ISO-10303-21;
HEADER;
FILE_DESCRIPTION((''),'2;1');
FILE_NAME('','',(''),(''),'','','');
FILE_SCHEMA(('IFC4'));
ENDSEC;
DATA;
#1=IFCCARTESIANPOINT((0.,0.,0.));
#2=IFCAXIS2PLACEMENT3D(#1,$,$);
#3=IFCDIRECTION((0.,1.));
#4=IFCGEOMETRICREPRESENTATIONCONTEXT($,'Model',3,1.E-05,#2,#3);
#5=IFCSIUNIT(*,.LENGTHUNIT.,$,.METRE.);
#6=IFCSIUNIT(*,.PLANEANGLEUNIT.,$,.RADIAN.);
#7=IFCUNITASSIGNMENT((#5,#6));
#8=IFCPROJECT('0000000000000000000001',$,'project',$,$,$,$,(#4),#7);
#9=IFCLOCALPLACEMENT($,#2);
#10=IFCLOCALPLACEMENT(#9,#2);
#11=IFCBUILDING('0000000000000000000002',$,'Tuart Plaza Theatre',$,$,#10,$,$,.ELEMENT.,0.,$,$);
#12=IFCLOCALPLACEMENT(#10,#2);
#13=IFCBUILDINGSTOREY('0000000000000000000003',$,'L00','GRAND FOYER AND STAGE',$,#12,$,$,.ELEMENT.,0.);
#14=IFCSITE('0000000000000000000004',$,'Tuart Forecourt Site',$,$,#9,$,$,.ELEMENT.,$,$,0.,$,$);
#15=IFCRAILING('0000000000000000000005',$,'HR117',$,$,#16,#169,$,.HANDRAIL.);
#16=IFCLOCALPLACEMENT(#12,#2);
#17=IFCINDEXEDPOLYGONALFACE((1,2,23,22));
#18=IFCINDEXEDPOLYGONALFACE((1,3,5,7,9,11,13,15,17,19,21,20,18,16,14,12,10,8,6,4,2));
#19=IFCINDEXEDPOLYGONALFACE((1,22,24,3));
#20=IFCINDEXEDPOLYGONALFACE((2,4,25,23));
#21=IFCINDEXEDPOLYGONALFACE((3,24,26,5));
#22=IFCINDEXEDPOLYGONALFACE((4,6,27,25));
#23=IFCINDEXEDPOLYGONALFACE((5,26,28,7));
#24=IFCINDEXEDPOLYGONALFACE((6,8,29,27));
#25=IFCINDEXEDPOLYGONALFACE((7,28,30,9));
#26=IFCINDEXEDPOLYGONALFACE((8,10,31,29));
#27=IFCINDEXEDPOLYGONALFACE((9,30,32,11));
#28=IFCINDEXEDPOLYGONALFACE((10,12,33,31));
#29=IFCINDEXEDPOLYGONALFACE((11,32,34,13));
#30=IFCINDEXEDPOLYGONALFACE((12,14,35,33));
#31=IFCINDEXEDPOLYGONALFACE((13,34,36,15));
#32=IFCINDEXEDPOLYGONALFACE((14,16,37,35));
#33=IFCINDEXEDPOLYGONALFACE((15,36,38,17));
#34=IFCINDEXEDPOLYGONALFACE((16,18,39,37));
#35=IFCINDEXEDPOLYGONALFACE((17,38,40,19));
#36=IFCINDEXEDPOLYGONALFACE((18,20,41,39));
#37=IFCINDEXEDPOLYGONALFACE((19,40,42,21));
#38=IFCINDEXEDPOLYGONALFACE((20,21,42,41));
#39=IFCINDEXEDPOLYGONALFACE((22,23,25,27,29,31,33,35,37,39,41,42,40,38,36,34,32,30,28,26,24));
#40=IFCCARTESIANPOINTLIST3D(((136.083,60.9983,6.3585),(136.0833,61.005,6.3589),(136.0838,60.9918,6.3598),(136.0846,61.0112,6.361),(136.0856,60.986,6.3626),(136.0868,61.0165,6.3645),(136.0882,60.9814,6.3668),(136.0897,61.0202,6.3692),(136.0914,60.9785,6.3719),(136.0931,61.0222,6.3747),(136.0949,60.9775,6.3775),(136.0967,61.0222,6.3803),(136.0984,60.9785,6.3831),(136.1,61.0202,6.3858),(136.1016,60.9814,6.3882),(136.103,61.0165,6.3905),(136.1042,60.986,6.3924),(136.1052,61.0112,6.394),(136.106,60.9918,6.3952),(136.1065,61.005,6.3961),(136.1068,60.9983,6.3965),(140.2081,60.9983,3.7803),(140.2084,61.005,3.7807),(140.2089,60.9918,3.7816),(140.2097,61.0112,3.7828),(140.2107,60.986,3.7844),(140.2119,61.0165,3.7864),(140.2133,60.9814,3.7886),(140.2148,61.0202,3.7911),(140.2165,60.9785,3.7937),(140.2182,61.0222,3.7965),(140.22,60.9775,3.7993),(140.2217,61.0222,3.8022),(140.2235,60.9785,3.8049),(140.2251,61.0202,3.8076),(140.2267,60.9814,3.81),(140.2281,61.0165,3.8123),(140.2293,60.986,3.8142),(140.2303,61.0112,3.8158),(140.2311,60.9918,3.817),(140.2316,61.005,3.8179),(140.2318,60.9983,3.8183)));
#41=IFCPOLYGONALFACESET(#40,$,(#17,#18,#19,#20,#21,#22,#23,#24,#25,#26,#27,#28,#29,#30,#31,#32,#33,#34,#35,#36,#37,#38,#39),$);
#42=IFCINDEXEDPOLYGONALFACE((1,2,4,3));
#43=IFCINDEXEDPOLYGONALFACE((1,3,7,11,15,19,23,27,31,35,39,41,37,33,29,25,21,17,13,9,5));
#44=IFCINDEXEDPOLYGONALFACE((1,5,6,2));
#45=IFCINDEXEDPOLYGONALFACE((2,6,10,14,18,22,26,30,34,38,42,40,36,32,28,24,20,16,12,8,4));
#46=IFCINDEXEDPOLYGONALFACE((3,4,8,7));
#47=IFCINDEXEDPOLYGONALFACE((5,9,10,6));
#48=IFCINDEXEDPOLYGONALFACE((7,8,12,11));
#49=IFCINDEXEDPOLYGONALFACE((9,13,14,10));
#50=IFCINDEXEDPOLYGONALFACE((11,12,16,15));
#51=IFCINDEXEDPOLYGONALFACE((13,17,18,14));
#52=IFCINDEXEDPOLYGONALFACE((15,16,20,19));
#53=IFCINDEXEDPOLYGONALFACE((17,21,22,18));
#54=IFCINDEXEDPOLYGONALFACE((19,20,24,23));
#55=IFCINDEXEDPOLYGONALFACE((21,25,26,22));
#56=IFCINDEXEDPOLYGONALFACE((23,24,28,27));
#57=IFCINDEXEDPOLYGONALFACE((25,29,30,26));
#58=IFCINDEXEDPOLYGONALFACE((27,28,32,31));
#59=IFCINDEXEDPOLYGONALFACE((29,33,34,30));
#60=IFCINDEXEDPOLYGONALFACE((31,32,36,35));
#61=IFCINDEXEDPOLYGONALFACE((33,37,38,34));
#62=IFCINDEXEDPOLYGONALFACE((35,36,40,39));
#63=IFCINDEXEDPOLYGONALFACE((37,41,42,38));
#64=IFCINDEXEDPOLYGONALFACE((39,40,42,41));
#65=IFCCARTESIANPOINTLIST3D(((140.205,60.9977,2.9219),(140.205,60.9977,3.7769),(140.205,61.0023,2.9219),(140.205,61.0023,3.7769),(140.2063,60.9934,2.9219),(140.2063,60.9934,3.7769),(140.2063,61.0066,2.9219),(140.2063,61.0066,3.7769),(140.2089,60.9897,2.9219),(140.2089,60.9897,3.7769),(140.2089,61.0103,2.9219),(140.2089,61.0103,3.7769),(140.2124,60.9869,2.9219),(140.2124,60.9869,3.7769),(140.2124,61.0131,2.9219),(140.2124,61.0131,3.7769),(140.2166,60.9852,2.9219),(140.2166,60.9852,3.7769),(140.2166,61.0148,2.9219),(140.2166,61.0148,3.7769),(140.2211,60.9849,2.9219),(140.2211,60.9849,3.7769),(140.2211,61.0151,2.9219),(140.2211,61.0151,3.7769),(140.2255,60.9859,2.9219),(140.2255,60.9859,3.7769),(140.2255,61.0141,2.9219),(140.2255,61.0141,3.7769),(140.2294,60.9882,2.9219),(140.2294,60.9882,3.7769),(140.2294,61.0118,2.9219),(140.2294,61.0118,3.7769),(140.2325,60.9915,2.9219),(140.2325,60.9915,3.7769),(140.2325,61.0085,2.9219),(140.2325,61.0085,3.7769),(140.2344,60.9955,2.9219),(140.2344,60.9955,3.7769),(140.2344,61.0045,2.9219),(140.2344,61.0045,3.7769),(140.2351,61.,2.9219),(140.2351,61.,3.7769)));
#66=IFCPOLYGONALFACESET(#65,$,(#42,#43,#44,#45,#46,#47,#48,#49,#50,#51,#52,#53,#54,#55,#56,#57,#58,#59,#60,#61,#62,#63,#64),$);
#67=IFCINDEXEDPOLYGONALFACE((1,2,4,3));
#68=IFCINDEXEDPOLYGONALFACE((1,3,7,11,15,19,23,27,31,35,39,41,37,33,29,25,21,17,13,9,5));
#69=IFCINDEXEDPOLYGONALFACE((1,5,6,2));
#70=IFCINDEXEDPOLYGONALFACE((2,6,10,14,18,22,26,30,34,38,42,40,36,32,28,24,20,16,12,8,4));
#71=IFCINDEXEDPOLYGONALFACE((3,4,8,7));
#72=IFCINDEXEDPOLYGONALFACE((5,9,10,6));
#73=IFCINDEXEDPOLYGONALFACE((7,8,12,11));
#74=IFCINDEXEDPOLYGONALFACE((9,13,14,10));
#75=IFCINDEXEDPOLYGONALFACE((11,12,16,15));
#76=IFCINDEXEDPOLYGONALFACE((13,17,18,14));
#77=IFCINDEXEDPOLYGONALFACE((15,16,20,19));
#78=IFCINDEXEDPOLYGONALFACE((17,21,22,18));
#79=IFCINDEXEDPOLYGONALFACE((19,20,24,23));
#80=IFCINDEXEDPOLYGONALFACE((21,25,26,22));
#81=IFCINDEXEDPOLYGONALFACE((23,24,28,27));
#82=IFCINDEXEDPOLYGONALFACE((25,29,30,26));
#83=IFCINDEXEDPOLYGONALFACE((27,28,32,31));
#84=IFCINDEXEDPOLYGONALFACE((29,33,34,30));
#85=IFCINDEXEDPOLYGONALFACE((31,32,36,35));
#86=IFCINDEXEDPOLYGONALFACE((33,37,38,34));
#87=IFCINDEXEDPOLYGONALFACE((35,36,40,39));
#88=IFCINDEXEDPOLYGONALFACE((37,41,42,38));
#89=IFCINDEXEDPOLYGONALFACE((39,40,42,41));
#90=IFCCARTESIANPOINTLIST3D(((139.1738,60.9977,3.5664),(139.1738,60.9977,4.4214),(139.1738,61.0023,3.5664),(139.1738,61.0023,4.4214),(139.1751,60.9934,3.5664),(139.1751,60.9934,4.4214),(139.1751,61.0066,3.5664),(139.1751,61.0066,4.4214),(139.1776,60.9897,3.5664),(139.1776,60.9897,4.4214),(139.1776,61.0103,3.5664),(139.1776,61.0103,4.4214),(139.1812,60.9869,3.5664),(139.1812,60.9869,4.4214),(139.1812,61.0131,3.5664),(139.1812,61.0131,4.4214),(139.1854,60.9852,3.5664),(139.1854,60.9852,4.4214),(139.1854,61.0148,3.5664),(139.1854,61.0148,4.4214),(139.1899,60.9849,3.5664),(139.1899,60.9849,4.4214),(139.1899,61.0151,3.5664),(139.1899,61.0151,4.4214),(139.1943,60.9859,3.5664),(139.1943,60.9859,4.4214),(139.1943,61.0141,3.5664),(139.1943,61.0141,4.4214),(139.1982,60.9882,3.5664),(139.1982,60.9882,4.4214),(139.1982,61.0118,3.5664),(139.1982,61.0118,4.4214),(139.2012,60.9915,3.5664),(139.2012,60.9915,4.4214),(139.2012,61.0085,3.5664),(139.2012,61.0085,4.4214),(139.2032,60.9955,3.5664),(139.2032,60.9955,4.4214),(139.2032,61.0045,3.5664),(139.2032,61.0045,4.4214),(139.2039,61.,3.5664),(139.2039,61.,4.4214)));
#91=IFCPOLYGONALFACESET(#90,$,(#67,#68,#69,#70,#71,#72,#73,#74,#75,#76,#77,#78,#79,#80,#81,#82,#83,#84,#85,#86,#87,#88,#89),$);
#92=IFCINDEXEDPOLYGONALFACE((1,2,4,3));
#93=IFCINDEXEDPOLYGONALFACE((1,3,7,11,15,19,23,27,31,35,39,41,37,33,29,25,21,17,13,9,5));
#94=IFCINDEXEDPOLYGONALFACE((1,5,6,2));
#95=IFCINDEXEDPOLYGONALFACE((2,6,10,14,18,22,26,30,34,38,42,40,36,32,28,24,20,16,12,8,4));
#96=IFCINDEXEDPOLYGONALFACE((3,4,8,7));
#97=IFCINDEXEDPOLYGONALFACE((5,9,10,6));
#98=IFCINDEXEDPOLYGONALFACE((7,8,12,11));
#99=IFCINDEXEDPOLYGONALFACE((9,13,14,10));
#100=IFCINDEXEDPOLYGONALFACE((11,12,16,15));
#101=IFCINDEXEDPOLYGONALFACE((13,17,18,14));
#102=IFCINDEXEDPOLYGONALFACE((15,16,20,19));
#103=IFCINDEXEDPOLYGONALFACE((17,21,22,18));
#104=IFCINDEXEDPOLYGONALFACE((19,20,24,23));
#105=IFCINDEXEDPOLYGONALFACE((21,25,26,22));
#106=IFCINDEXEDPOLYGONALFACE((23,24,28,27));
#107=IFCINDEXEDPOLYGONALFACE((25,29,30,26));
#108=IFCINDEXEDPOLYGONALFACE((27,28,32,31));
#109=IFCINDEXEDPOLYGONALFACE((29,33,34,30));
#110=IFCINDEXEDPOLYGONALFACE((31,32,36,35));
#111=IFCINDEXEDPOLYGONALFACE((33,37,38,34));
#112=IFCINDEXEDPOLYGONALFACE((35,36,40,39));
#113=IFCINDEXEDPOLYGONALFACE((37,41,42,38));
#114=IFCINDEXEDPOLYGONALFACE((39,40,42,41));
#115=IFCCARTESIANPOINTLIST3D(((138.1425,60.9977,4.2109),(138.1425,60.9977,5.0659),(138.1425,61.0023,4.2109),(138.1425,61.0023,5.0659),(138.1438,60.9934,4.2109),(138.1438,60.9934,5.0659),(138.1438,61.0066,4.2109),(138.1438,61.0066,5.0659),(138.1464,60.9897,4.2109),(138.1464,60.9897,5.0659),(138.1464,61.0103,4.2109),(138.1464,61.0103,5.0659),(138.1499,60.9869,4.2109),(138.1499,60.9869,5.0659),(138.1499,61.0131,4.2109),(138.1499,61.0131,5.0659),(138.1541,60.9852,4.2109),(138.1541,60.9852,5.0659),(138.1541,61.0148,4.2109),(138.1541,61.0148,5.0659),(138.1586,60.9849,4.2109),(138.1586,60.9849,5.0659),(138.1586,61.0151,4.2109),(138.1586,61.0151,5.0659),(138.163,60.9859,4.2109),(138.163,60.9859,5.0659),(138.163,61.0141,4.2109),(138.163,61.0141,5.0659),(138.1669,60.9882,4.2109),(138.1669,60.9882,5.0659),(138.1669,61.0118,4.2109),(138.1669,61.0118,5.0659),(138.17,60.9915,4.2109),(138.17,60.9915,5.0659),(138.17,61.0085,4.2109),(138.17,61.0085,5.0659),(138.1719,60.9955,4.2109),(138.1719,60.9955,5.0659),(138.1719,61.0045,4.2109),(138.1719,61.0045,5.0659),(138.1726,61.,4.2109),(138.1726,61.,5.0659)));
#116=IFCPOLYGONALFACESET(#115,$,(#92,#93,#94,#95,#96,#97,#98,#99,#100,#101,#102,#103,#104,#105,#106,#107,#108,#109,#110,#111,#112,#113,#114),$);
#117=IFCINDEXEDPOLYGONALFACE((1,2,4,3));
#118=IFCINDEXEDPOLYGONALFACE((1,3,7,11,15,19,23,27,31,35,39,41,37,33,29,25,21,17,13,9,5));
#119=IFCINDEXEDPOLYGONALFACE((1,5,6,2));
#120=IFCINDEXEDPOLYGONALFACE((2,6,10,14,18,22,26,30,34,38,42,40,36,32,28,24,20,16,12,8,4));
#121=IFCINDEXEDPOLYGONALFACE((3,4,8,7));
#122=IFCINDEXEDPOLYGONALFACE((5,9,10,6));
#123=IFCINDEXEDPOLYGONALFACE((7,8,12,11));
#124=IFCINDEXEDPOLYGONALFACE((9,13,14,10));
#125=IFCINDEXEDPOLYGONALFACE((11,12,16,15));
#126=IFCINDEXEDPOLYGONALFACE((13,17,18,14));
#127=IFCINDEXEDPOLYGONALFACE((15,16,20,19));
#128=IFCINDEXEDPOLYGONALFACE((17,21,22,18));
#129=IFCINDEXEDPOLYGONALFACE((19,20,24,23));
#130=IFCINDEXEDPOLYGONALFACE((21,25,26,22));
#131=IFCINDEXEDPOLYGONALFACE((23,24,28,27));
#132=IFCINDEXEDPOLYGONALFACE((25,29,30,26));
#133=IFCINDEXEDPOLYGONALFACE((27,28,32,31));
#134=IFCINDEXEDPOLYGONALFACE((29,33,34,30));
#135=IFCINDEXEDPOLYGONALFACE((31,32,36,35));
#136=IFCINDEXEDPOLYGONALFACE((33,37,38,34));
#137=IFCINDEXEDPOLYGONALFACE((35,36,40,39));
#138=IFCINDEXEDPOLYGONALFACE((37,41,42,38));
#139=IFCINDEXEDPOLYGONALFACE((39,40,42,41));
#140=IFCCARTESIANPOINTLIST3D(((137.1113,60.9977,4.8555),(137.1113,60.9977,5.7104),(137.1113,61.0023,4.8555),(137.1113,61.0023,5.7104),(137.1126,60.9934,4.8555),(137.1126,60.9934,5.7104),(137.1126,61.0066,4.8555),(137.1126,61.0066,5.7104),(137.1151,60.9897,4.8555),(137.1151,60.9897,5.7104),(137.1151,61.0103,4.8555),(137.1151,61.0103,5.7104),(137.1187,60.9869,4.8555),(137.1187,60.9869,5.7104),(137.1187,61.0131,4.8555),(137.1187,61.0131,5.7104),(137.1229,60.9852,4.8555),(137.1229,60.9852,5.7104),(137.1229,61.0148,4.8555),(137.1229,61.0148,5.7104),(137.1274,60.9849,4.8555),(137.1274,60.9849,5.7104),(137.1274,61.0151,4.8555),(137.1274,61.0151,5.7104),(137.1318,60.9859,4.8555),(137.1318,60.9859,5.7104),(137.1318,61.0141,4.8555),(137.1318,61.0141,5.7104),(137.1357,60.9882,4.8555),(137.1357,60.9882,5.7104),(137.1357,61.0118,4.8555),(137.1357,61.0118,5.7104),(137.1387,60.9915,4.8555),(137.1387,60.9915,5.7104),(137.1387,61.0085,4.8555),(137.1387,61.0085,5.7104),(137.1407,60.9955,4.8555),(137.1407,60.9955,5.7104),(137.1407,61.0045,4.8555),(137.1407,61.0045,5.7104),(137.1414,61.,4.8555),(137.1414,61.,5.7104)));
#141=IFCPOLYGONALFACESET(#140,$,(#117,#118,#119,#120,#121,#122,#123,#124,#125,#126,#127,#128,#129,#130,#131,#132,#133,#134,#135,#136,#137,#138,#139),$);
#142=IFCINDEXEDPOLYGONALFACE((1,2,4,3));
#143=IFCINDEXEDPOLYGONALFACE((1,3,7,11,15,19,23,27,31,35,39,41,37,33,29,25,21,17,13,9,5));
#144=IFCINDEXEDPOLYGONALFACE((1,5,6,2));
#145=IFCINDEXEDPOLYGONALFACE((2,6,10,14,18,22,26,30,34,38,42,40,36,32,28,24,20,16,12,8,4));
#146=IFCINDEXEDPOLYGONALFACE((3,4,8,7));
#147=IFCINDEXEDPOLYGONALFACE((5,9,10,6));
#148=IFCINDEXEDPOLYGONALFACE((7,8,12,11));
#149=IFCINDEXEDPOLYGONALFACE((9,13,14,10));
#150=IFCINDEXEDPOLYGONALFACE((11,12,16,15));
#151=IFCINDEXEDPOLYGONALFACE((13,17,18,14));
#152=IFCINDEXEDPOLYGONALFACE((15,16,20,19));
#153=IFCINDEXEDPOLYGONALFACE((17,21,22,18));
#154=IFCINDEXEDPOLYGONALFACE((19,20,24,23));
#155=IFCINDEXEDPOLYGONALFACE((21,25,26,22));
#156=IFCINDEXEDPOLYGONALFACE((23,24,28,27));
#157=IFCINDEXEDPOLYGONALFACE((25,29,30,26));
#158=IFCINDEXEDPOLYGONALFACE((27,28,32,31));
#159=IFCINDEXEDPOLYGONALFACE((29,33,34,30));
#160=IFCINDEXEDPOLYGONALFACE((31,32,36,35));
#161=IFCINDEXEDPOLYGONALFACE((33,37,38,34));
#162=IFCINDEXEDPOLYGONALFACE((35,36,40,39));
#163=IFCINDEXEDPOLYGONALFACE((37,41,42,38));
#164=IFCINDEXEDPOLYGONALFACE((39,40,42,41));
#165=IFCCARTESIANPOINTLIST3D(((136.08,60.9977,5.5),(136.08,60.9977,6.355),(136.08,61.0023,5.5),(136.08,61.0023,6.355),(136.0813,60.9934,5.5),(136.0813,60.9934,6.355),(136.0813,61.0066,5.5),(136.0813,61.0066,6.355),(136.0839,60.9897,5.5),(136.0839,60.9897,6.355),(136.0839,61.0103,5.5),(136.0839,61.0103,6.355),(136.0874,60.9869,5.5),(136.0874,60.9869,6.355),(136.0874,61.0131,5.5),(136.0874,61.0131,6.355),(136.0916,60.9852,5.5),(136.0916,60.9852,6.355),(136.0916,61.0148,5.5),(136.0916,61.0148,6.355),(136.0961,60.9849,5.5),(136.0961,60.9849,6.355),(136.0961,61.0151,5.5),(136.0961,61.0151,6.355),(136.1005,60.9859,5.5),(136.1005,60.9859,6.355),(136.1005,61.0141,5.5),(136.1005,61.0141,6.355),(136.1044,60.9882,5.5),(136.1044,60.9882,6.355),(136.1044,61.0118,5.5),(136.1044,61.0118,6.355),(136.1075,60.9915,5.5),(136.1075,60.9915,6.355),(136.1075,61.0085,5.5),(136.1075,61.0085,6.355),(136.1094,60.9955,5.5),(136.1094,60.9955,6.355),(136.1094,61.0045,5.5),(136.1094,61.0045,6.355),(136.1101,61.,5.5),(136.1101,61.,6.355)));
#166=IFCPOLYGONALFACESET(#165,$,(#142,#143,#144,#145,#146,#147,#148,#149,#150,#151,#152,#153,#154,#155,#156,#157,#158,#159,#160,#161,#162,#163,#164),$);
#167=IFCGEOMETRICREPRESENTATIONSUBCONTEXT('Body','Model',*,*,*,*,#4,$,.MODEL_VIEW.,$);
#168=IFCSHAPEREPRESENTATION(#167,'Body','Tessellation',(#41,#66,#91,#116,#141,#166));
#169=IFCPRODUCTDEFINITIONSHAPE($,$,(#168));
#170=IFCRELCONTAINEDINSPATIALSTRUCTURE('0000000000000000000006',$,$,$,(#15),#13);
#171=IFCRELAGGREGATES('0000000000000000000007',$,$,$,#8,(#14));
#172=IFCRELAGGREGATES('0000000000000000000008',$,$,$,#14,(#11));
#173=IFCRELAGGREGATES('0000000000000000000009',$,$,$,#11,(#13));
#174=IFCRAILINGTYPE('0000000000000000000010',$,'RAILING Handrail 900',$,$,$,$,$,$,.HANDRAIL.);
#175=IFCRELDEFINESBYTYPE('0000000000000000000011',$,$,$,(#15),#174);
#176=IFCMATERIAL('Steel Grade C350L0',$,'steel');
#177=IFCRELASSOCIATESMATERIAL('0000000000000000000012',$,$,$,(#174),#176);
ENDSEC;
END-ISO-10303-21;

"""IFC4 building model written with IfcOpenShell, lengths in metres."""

from ifc_helpers import new_model, si_unit, direction, frame, origin, origin_2d, place, context, subcontext, project, spatial, circle, extrude, material, type_object, element, save


model = new_model("IFC4")

# Units and contexts
model_context = context("Model", 3, precision=1e-05, world=origin(), true_north=direction((0.0, 1.0)))
body_context = subcontext(model_context, "Body", "Model", "MODEL_VIEW")
ifc_project = project(units=[si_unit("LENGTHUNIT", "METRE"), si_unit("PLANEANGLEUNIT", "RADIAN")], contexts=[model_context])

# Site, building, storey
site_placement = place(None, origin())
site = spatial("IfcSite", under=ifc_project, at=site_placement, Name="Tuart Forecourt Site", CompositionType="ELEMENT", RefElevation=0.0)
building_placement = place(site_placement, origin())
building = spatial("IfcBuilding", under=site, at=building_placement, Name="Tuart Plaza Theatre", CompositionType="ELEMENT", ElevationOfRefHeight=0.0)
storey_placement = place(building_placement, origin())
storey = spatial("IfcBuildingStorey", under=building, at=storey_placement, Name="L00", Description="GRAND FOYER AND STAGE", CompositionType="ELEMENT", Elevation=0.0)

# Railing
ifc_material_1 = material(Name="Steel Grade C350L0", Category="steel")
railing_type_1 = type_object("IfcRailingType", Name="RAILING Handrail 900", PredefinedType="HANDRAIL", material=ifc_material_1)
for number, where, name in (
    (1, (140.22, 61.0, 2.9219), "HR117"),
):
    element("IfcRailing", number, at=place(storey_placement, frame(where)), inside=storey, type_object=railing_type_1, Name=name, PredefinedType="HANDRAIL", context=body_context, shape_type="SweptSolid", body=[
        extrude(circle(Radius=0.0225, at=origin_2d()), frame((0.0, 0.0, 0.8774), z_axis=(-0.847998, 0.0, 0.529999), x_axis=(0.0, -1.0, 0.0)), (0.0, 0.0, 1.0), 4.8645),
        extrude(circle(Radius=0.0151, at=origin_2d()), origin(), (0.0, 0.0, 1.0), 0.855),
        extrude(circle(Radius=0.0151, at=origin_2d()), frame((-1.0312, 0.0, 0.6445)), (0.0, 0.0, 1.0), 0.855),
        extrude(circle(Radius=0.0151, at=origin_2d()), frame((-2.0625, 0.0, 1.2891)), (0.0, 0.0, 1.0), 0.855),
        extrude(circle(Radius=0.0151, at=origin_2d()), frame((-3.0938, 0.0, 1.9336)), (0.0, 0.0, 1.0), 0.855),
        extrude(circle(Radius=0.0151, at=origin_2d()), frame((-4.125, 0.0, 2.5781)), (0.0, 0.0, 1.0), 0.855),
    ])

save(model, "model.ifc")
